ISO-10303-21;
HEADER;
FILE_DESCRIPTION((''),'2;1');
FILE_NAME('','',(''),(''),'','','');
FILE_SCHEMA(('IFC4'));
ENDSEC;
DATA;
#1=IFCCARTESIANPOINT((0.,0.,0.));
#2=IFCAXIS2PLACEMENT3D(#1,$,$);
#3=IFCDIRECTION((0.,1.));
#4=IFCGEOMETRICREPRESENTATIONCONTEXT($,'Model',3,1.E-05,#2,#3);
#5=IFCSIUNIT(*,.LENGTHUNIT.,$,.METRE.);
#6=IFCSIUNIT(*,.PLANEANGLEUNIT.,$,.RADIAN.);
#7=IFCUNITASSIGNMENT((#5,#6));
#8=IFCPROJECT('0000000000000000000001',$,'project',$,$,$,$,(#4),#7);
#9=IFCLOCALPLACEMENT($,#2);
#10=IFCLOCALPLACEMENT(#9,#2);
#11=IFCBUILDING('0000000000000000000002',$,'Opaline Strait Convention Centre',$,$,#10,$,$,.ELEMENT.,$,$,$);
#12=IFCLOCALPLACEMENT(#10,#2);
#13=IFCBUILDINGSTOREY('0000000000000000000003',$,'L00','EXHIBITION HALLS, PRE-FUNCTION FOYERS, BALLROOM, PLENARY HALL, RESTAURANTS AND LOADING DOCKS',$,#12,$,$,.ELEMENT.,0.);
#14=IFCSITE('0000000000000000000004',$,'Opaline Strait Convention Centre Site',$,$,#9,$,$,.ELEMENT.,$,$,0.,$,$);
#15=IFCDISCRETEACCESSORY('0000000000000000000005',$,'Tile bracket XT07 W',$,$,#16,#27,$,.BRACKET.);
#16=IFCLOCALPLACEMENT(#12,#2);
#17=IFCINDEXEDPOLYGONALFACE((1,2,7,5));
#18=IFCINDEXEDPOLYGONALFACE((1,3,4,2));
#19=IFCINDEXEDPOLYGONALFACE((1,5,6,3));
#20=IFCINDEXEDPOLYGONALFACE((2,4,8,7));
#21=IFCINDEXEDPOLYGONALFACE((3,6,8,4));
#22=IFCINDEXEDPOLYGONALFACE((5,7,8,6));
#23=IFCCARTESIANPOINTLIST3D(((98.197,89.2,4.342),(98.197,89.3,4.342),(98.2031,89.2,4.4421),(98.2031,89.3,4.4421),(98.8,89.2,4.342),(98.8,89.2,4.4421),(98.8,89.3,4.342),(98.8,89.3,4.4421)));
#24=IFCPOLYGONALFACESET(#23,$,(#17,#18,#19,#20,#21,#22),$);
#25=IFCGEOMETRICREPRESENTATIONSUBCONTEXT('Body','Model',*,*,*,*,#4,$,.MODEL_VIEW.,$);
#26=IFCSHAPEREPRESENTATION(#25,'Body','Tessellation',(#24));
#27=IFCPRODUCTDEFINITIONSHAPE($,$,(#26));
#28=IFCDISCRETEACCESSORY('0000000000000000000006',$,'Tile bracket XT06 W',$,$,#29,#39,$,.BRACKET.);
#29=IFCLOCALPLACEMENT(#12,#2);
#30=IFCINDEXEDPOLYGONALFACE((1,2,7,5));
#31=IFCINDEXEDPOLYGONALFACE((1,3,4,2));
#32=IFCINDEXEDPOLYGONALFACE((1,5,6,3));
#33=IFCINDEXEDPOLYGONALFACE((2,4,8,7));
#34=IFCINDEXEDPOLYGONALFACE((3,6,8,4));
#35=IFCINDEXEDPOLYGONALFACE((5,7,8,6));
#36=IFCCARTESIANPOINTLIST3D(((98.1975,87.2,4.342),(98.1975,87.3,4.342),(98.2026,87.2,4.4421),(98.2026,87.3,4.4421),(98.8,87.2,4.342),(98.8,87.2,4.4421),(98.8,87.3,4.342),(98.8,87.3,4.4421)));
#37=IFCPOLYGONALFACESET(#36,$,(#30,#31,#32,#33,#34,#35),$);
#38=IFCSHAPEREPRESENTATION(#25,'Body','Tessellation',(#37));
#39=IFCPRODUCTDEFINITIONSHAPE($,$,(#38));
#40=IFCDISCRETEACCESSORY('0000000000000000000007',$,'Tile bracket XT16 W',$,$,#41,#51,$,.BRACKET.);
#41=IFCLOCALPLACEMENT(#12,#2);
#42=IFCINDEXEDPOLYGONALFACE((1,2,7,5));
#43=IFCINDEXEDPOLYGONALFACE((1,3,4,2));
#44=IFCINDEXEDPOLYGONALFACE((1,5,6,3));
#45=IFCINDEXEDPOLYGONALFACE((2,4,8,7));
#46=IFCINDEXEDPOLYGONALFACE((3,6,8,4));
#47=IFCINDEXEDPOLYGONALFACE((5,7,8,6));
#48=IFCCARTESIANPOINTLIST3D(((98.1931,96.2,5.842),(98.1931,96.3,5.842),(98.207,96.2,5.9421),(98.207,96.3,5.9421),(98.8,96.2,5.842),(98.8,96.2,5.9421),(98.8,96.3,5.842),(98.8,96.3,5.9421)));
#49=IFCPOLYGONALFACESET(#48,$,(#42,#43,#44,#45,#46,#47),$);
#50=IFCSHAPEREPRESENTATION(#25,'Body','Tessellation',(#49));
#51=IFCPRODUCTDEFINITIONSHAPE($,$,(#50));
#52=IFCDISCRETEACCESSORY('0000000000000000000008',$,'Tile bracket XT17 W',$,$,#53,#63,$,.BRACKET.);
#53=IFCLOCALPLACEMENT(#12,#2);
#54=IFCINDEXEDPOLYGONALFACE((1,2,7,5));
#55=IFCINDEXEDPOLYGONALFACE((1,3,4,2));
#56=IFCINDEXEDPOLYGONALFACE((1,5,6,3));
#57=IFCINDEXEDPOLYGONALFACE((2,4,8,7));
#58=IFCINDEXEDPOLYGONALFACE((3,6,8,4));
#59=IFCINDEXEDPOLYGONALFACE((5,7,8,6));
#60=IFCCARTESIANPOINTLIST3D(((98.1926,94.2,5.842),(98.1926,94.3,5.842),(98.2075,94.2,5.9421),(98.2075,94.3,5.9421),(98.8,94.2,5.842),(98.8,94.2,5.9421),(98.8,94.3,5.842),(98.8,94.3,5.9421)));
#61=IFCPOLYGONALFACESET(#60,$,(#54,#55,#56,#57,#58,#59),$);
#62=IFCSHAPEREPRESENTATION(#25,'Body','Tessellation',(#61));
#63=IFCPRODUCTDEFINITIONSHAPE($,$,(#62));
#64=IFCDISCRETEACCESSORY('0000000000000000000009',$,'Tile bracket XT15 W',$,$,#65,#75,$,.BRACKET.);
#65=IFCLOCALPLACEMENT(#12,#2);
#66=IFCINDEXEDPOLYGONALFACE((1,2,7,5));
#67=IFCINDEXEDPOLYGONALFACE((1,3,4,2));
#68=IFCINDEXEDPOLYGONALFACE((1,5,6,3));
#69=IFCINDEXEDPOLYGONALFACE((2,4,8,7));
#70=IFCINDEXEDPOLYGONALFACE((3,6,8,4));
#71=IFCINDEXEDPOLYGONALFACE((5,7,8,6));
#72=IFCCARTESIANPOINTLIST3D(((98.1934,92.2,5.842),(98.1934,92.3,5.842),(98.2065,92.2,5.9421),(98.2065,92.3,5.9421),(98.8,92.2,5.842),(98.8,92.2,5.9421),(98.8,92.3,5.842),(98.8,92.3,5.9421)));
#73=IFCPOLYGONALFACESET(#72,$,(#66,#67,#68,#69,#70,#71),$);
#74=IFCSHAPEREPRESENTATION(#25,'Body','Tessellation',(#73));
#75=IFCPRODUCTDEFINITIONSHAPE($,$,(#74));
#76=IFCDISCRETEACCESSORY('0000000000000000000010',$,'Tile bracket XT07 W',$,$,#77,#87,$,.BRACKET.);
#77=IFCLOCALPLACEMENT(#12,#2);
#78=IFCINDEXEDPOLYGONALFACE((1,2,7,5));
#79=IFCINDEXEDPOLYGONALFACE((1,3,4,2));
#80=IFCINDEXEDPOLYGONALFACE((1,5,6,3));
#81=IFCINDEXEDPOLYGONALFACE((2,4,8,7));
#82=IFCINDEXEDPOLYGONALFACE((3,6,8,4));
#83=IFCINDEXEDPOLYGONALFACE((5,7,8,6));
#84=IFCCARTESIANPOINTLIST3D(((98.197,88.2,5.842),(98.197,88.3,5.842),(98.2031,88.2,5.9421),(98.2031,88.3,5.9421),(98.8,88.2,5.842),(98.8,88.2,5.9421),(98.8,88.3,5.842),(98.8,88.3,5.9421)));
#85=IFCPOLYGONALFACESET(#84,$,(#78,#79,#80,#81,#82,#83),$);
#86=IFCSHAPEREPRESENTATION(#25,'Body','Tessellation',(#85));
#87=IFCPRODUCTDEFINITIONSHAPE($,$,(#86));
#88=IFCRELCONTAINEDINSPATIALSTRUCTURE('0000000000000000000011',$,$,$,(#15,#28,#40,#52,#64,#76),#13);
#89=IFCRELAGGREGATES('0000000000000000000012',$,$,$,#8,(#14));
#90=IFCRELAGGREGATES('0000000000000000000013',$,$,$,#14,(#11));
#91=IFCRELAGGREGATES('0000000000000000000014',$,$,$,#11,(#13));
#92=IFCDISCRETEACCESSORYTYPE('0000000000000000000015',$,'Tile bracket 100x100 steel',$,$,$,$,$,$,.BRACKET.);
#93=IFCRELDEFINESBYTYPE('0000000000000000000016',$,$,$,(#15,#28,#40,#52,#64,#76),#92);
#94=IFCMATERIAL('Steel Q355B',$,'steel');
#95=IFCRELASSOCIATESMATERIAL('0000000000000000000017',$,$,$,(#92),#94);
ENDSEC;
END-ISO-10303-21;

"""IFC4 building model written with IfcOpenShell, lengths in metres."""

from ifc_helpers import new_model, si_unit, direction, frame, origin, place, context, subcontext, project, spatial, polyline, outline, extrude, material, type_object, element, save


model = new_model("IFC4")

# Units and contexts
model_context = context("Model", 3, precision=1e-05, world=origin(), true_north=direction((0.0, 1.0)))
body_context = subcontext(model_context, "Body", "Model", "MODEL_VIEW")
ifc_project = project(units=[si_unit("LENGTHUNIT", "METRE"), si_unit("PLANEANGLEUNIT", "RADIAN")], contexts=[model_context])

# Site, building, storey
site_placement = place(None, origin())
site = spatial("IfcSite", under=ifc_project, at=site_placement, Name="Opaline Strait Convention Centre Site", CompositionType="ELEMENT", RefElevation=0.0)
building_placement = place(site_placement, origin())
building = spatial("IfcBuilding", under=site, at=building_placement, Name="Opaline Strait Convention Centre", CompositionType="ELEMENT")
storey_placement = place(building_placement, origin())
storey = spatial("IfcBuildingStorey", under=building, at=storey_placement, Name="L00", Description="EXHIBITION HALLS, PRE-FUNCTION FOYERS, BALLROOM, PLENARY HALL, RESTAURANTS AND LOADING DOCKS", CompositionType="ELEMENT", Elevation=0.0)

# Shared definitions
ifc_material_1 = material(Name="Steel Q355B", Category="steel")

# Discrete accessories
discrete_accessory_type = type_object("IfcDiscreteAccessoryType", Name="Tile bracket 100x100 steel", PredefinedType="BRACKET", material=ifc_material_1)
discrete_accessory_1_placement = place(storey_placement, frame((98.8, 89.3, 4.3921), z_axis=(0.0, -1.0, 0.0), x_axis=(1.0, 0.0, 0.0)))
element("IfcDiscreteAccessory", 1, at=discrete_accessory_1_placement, inside=storey, type_object=discrete_accessory_type, Name="Tile bracket XT07 W", PredefinedType="BRACKET", context=body_context, shape_type="SweptSolid", body=[
    extrude(outline(polyline([(0.0, -0.05), (0.0, 0.05), (-0.5969, 0.05), (-0.603, -0.05), (0.0, -0.05)])), origin(), (0.0, 0.0, 1.0), 0.1001),
])
discrete_accessory_2_placement = place(storey_placement, frame((98.8, 87.3, 4.3921), z_axis=(0.0, -1.0, 0.0), x_axis=(1.0, 0.0, 0.0)))
element("IfcDiscreteAccessory", 2, at=discrete_accessory_2_placement, inside=storey, type_object=discrete_accessory_type, Name="Tile bracket XT06 W", PredefinedType="BRACKET", context=body_context, shape_type="SweptSolid", body=[
    extrude(outline(polyline([(0.0, -0.05), (0.0, 0.05), (-0.5974, 0.05), (-0.6025, -0.05), (0.0, -0.05)])), origin(), (0.0, 0.0, 1.0), 0.1001),
])
discrete_accessory_3_placement = place(storey_placement, frame((98.8, 96.3, 5.8921), z_axis=(0.0, -1.0, 0.0), x_axis=(1.0, 0.0, 0.0)))
element("IfcDiscreteAccessory", 3, at=discrete_accessory_3_placement, inside=storey, type_object=discrete_accessory_type, Name="Tile bracket XT16 W", PredefinedType="BRACKET", context=body_context, shape_type="SweptSolid", body=[
    extrude(outline(polyline([(0.0, -0.05), (0.0, 0.05), (-0.593, 0.05), (-0.6069, -0.05), (0.0, -0.05)])), origin(), (0.0, 0.0, 1.0), 0.1001),
])
discrete_accessory_4_placement = place(storey_placement, frame((98.8, 94.3, 5.8921), z_axis=(0.0, -1.0, 0.0), x_axis=(1.0, 0.0, 0.0)))
element("IfcDiscreteAccessory", 4, at=discrete_accessory_4_placement, inside=storey, type_object=discrete_accessory_type, Name="Tile bracket XT17 W", PredefinedType="BRACKET", context=body_context, shape_type="SweptSolid", body=[
    extrude(outline(polyline([(0.0, -0.05), (0.0, 0.05), (-0.5925, 0.05), (-0.6074, -0.05), (0.0, -0.05)])), origin(), (0.0, 0.0, 1.0), 0.1001),
])
discrete_accessory_5_placement = place(storey_placement, frame((98.8, 92.3, 5.8921), z_axis=(0.0, -1.0, 0.0), x_axis=(1.0, 0.0, 0.0)))
element("IfcDiscreteAccessory", 5, at=discrete_accessory_5_placement, inside=storey, type_object=discrete_accessory_type, Name="Tile bracket XT15 W", PredefinedType="BRACKET", context=body_context, shape_type="SweptSolid", body=[
    extrude(outline(polyline([(0.0, -0.05), (0.0, 0.05), (-0.5935, 0.05), (-0.6067, -0.05), (0.0, -0.05)])), origin(), (0.0, 0.0, 1.0), 0.1001),
])
discrete_accessory_6_placement = place(storey_placement, frame((98.8, 88.3, 5.8921), z_axis=(0.0, -1.0, 0.0), x_axis=(1.0, 0.0, 0.0)))
element("IfcDiscreteAccessory", 6, at=discrete_accessory_6_placement, inside=storey, type_object=discrete_accessory_type, Name="Tile bracket XT07 W", PredefinedType="BRACKET", context=body_context, shape_type="SweptSolid", body=[
    extrude(outline(polyline([(0.0, -0.05), (0.0, 0.05), (-0.5969, 0.05), (-0.603, -0.05), (0.0, -0.05)])), origin(), (0.0, 0.0, 1.0), 0.1001),
])

save(model, "model.ifc")
